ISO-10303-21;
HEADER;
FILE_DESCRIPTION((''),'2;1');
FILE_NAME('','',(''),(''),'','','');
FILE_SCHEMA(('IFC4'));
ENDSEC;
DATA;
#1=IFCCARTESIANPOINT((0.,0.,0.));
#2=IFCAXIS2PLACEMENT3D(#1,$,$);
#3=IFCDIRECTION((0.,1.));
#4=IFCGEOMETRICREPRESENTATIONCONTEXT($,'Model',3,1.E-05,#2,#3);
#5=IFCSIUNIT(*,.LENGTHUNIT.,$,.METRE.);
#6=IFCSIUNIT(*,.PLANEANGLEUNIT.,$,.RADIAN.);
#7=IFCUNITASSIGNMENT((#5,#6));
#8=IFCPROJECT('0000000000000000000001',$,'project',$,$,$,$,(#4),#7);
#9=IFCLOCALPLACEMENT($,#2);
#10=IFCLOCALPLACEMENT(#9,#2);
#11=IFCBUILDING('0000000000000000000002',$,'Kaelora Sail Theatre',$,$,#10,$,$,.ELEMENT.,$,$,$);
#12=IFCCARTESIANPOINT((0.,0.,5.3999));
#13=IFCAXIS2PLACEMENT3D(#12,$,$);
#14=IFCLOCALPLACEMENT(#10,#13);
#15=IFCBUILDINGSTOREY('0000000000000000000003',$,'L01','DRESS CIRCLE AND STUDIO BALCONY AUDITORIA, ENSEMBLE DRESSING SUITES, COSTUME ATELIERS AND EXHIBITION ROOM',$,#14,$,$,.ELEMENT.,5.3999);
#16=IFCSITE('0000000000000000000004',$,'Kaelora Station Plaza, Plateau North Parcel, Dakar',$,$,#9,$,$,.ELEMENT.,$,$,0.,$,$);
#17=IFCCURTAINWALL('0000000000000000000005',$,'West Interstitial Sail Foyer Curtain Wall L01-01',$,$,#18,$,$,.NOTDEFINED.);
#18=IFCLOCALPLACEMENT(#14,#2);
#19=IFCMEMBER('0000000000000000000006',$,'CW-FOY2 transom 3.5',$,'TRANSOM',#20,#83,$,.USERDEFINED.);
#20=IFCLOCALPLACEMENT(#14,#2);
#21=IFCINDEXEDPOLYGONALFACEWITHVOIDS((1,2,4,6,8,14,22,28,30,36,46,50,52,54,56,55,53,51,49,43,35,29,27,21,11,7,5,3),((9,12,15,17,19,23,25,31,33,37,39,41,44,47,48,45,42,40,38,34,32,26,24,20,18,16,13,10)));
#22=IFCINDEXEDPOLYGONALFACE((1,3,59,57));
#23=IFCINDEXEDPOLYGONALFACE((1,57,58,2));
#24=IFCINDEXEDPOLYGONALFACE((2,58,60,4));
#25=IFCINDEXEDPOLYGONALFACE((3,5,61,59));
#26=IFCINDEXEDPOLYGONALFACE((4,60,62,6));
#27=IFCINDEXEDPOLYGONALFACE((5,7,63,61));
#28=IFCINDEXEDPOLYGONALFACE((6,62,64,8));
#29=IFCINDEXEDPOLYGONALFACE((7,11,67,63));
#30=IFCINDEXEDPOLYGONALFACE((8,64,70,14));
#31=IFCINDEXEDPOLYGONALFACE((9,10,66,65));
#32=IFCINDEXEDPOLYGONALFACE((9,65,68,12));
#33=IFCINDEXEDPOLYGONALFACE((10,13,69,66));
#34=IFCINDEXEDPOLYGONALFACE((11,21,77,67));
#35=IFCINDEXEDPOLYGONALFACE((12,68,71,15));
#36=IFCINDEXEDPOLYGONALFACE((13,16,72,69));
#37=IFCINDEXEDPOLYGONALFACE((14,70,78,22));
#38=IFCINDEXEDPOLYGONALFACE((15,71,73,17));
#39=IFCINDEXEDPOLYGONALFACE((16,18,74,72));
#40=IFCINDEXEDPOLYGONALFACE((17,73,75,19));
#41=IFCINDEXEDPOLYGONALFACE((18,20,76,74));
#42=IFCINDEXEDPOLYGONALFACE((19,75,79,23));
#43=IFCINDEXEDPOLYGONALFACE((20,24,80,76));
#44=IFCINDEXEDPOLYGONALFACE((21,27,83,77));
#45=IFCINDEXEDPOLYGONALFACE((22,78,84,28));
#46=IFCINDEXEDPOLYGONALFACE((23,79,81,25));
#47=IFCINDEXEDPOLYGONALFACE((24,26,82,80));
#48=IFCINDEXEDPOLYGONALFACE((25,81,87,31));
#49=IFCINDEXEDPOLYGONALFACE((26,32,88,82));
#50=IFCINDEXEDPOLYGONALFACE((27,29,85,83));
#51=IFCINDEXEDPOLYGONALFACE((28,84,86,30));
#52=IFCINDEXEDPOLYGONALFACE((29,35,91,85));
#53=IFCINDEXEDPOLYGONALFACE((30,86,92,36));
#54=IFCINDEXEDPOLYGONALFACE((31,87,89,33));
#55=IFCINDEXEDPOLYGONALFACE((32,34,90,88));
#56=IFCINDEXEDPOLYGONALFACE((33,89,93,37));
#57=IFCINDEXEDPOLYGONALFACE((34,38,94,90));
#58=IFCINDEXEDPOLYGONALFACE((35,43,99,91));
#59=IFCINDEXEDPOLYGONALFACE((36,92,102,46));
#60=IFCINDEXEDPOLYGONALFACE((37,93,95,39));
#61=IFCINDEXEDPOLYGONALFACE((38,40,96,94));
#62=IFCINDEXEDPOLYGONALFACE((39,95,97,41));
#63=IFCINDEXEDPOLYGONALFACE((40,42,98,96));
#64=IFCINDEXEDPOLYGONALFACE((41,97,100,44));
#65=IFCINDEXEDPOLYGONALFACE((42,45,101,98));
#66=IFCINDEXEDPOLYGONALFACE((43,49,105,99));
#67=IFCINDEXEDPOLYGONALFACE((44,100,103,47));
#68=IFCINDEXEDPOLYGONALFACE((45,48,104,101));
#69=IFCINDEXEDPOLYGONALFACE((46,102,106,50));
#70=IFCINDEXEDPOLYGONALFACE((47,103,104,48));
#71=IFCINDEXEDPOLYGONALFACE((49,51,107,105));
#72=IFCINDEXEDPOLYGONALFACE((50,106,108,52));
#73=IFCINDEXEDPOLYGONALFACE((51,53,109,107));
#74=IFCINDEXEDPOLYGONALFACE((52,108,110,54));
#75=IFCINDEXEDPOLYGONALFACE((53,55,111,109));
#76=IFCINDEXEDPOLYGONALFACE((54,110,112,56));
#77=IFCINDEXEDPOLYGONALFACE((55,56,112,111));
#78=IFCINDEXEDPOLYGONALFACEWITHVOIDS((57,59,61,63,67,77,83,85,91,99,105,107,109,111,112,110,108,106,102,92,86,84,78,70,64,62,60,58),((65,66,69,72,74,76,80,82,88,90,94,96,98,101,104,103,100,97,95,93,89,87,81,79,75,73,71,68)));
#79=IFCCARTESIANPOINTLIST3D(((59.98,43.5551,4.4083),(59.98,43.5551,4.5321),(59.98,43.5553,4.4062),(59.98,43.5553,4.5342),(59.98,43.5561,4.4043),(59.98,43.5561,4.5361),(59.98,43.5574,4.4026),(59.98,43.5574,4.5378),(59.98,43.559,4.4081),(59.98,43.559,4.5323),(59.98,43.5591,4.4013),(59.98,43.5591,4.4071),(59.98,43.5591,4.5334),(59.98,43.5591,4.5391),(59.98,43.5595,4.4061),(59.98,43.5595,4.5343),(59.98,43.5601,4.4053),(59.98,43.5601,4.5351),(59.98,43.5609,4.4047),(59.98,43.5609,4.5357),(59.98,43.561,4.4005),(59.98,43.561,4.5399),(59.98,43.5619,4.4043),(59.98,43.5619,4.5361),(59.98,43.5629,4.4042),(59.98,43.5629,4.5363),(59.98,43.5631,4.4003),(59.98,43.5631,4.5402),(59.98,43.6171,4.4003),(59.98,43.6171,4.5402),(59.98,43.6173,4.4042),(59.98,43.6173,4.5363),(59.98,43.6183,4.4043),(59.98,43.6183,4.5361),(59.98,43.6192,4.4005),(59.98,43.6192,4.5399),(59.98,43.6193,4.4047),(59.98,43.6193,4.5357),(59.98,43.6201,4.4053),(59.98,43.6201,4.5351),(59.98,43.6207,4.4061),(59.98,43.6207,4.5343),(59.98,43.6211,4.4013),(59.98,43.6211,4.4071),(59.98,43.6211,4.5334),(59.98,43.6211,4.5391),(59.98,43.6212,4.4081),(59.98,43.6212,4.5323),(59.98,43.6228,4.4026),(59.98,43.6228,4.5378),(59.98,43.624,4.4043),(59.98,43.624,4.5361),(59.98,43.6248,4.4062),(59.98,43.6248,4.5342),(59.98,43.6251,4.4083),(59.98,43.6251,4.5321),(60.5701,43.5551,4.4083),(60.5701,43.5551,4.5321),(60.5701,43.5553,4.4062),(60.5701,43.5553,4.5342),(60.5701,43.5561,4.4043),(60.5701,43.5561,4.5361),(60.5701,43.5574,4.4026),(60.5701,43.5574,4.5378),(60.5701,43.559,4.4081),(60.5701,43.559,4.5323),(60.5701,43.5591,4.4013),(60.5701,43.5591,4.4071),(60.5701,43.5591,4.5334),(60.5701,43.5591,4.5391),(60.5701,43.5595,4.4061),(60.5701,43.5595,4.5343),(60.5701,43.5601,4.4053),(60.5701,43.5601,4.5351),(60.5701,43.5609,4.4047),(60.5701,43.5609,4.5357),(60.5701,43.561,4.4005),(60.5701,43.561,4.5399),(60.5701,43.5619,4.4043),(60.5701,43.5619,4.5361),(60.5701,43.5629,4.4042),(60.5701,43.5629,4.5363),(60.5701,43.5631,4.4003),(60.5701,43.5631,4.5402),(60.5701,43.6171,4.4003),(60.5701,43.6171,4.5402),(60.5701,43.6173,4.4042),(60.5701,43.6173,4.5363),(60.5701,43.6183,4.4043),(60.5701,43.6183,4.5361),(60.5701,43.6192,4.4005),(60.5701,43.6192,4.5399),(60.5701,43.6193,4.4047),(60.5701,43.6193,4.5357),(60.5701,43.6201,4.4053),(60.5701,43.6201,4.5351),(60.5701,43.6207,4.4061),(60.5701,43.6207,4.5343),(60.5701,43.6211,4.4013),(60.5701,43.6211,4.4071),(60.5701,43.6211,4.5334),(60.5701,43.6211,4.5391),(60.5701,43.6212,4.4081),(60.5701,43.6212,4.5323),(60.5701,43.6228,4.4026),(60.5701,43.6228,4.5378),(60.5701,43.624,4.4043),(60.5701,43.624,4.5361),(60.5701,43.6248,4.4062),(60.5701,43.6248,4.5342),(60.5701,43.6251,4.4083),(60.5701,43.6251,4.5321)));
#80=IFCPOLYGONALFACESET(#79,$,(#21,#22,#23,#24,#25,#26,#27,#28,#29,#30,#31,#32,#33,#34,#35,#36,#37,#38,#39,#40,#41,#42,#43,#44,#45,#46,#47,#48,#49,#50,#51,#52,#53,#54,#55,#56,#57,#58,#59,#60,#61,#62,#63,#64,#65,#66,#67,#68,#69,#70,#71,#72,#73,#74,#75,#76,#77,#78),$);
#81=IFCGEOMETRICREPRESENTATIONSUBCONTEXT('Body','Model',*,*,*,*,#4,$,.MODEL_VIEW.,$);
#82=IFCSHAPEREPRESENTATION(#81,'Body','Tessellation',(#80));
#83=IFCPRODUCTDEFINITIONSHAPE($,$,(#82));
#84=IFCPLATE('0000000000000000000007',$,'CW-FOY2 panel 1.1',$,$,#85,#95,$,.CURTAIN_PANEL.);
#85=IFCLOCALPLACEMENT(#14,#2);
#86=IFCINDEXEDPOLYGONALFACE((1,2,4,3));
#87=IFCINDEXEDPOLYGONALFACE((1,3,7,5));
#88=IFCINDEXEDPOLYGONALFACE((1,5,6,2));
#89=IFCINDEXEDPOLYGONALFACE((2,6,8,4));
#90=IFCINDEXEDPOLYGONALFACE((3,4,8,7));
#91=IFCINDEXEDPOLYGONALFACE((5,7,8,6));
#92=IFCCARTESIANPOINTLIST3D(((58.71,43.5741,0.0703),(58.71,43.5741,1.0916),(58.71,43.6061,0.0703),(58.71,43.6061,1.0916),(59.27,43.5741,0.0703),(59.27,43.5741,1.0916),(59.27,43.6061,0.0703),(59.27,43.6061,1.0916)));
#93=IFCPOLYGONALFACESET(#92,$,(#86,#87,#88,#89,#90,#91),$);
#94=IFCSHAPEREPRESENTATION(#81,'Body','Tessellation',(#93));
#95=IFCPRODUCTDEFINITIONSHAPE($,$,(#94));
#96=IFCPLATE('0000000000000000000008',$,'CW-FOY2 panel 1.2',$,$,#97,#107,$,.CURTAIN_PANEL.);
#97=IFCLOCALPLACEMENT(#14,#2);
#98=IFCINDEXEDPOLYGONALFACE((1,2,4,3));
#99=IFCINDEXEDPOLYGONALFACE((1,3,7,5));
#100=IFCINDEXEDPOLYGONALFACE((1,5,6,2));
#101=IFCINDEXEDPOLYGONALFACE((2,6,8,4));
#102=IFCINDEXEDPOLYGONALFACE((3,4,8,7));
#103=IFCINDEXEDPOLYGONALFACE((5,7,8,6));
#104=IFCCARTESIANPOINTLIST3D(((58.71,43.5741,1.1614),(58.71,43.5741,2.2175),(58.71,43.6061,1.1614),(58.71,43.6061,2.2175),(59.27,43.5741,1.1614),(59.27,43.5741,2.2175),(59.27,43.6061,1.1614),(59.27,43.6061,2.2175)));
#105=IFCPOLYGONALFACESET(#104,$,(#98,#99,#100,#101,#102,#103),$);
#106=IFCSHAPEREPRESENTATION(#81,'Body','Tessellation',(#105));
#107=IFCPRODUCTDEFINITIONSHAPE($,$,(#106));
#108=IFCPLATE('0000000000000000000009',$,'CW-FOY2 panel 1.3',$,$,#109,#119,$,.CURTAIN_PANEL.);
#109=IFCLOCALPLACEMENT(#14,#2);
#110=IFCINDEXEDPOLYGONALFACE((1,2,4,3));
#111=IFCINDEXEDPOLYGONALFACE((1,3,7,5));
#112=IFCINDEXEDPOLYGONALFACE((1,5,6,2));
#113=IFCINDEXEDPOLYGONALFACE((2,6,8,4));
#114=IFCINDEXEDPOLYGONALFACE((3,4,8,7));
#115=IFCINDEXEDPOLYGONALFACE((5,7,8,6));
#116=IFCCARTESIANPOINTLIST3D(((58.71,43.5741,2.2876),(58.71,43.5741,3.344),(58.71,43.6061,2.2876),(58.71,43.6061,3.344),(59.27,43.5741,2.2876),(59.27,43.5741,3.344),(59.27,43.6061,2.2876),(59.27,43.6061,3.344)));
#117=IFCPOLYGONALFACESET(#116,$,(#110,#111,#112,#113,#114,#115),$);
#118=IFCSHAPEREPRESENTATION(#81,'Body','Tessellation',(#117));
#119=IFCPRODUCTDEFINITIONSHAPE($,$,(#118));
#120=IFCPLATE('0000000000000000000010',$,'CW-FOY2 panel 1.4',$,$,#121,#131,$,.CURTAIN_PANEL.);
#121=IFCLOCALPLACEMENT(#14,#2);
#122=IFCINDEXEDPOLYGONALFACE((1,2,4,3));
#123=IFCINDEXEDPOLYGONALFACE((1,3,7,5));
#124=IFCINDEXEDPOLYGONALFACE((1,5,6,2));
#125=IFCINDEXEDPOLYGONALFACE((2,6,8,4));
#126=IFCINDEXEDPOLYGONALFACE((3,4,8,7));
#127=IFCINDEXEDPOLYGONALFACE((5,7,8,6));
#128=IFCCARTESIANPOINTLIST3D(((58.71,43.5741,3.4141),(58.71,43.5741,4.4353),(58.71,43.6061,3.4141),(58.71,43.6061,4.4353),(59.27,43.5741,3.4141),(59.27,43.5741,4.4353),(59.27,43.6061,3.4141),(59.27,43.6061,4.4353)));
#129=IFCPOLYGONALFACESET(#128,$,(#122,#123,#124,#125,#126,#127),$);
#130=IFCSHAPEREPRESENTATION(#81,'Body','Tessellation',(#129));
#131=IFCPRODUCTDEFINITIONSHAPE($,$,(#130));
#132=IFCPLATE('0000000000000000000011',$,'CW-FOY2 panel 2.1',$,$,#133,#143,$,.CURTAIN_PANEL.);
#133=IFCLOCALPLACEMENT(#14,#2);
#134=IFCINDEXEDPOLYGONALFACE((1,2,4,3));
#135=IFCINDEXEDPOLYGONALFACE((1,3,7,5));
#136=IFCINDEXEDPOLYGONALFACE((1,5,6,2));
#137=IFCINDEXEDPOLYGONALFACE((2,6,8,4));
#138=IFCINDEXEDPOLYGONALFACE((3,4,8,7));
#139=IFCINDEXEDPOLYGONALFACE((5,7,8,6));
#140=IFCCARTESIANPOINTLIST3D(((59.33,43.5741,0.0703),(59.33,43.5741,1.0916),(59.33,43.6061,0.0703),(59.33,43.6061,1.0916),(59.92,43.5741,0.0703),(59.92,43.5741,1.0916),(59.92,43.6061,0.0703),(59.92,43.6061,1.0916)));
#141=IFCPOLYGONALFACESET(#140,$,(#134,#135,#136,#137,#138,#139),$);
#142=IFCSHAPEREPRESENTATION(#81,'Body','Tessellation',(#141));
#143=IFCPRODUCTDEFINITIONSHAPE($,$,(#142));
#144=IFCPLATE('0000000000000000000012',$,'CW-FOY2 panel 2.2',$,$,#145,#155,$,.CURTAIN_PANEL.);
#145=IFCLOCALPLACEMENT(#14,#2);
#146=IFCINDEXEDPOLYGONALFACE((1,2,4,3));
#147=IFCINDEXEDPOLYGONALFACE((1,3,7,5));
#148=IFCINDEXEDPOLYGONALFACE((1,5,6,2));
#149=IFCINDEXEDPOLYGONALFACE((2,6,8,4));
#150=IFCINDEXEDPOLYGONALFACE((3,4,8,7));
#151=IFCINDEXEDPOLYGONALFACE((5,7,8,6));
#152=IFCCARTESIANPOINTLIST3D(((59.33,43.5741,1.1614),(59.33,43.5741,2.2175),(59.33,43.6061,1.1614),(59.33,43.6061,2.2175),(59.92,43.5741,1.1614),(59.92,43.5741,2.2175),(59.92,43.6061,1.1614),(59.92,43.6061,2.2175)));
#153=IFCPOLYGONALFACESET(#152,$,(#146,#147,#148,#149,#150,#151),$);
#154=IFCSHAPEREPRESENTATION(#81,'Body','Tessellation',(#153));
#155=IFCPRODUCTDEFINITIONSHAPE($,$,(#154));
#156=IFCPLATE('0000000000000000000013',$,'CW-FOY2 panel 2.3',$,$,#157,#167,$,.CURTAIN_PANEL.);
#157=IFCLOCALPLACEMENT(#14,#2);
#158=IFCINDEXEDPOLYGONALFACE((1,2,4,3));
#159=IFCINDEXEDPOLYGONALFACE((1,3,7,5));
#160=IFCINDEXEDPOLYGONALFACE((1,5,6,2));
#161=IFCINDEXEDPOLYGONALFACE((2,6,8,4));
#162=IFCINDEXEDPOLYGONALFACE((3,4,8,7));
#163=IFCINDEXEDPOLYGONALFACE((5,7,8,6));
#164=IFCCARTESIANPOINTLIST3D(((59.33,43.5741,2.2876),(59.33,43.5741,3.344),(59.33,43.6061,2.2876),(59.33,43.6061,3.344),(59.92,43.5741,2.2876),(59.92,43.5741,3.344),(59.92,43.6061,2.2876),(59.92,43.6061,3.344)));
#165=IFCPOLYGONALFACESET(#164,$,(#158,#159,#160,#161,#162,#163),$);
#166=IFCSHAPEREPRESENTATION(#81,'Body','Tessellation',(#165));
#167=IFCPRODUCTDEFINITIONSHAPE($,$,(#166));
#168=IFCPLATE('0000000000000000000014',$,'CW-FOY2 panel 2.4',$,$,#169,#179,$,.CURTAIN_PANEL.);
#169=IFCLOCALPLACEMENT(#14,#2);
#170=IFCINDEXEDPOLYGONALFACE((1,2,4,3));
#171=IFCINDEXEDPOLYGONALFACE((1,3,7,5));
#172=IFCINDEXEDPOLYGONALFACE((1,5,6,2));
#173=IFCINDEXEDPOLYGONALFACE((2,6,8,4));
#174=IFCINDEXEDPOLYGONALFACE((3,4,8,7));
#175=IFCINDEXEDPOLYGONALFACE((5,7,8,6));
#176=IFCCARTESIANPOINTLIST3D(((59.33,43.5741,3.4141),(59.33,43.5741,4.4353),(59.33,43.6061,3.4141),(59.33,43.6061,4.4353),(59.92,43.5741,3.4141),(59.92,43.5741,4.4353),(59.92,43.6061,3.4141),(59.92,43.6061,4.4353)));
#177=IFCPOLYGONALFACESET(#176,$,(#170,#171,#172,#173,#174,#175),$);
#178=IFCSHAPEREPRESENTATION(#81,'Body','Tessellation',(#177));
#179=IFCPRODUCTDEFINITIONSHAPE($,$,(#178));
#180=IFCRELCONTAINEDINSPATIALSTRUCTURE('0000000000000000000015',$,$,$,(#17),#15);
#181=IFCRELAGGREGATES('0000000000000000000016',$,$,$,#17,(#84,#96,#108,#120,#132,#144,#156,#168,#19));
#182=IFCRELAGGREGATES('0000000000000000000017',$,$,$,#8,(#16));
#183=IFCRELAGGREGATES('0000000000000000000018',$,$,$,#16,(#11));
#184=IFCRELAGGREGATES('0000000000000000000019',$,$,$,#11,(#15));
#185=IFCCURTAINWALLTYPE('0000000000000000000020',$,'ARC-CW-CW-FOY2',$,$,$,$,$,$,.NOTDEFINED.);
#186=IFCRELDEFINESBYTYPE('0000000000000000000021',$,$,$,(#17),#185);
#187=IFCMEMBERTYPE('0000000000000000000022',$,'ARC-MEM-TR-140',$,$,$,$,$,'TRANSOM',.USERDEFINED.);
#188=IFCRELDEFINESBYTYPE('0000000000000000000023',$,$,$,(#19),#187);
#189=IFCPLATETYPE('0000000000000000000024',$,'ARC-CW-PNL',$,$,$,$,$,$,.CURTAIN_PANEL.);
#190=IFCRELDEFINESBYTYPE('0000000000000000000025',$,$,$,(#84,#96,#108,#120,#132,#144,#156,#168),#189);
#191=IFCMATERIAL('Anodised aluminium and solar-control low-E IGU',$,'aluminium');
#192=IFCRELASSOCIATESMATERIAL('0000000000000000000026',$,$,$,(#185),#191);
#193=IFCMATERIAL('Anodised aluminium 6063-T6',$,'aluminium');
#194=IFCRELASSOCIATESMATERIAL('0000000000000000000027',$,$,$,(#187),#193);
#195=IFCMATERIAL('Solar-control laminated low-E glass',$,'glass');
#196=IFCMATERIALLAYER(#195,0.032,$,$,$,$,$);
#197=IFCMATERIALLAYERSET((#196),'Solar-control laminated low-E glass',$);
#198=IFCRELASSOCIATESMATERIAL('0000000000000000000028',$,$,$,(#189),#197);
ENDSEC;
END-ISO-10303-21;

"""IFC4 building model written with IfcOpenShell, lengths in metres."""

from ifc_helpers import new_model, si_unit, direction, frame, origin, origin_2d, place, context, subcontext, project, spatial, rectangle, hollow_rectangle, extrude, material, layer, layer_set, material_profile, profile_set, type_object, element, aggregate, save


model = new_model("IFC4")

# Units and contexts
model_context = context("Model", 3, precision=1e-05, world=origin(), true_north=direction((0.0, 1.0)))
body_context = subcontext(model_context, "Body", "Model", "MODEL_VIEW")
ifc_project = project(units=[si_unit("LENGTHUNIT", "METRE"), si_unit("PLANEANGLEUNIT", "RADIAN")], contexts=[model_context])

# Site, building, storey
site_placement = place(None, origin())
site = spatial("IfcSite", under=ifc_project, at=site_placement, Name="Kaelora Station Plaza, Plateau North Parcel, Dakar", CompositionType="ELEMENT", RefElevation=0.0)
building_placement = place(site_placement, origin())
building = spatial("IfcBuilding", under=site, at=building_placement, Name="Kaelora Sail Theatre", CompositionType="ELEMENT")
storey_placement = place(building_placement, frame((0.0, 0.0, 5.3999)))
storey = spatial("IfcBuildingStorey", under=building, at=storey_placement, Name="L01", Description="DRESS CIRCLE AND STUDIO BALCONY AUDITORIA, ENSEMBLE DRESSING SUITES, COSTUME ATELIERS AND EXHIBITION ROOM", CompositionType="ELEMENT", Elevation=5.3999)

# Curtain wall, member, plates
ifc_material_1 = material(Name="Anodised aluminium and solar-control low-E IGU", Category="aluminium")
curtain_wall_type = type_object("IfcCurtainWallType", Name="ARC-CW-CW-FOY2", PredefinedType="NOTDEFINED", material=ifc_material_1)
curtain_wall_placement = place(storey_placement, origin())
curtain_wall = element("IfcCurtainWall", 1, at=curtain_wall_placement, inside=storey, type_object=curtain_wall_type, Name="West Interstitial Sail Foyer Curtain Wall L01-01", PredefinedType="NOTDEFINED")
ifc_material_2 = material(Name="Anodised aluminium 6063-T6", Category="aluminium")
ifc_material_profile_1 = material_profile(ifc_material_2, hollow_rectangle(XDim=0.0701, YDim=0.1399, WallThickness=0.0039, InnerFilletRadius=0.0039, OuterFilletRadius=0.0081, at=origin_2d()), Name="ALU-TRAN 70x140x4")
ifc_profile_set_1 = profile_set([ifc_material_profile_1], Name="Anodised aluminium 6063-T6")
member_type_1 = type_object("IfcMemberType", Name="ARC-MEM-TR-140", ElementType="TRANSOM", PredefinedType="USERDEFINED", material=ifc_profile_set_1)
member_1_placement = place(storey_placement, frame((59.98, 43.5901, 4.4702), z_axis=(1.0, 0.0, 0.0), x_axis=(0.0, 1.0, 0.0)))
member_1 = element("IfcMember", 2, at=member_1_placement, type_object=member_type_1, Name="CW-FOY2 transom 3.5", ObjectType="TRANSOM", PredefinedType="USERDEFINED", context=body_context, shape_type="SweptSolid", body=[
    extrude(hollow_rectangle(XDim=0.0701, YDim=0.1399, WallThickness=0.0039, InnerFilletRadius=0.0039, OuterFilletRadius=0.0081, at=origin_2d()), origin(), (0.0, 0.0, 1.0), 0.5901),
])
ifc_material_3 = material(Name="Solar-control laminated low-E glass", Category="glass")
ifc_layer = layer(ifc_material_3, 0.032)
ifc_layer_set = layer_set([ifc_layer], Name="Solar-control laminated low-E glass")
plate_type = type_object("IfcPlateType", Name="ARC-CW-PNL", PredefinedType="CURTAIN_PANEL", material=ifc_layer_set)
plate_1_placement = place(storey_placement, frame((58.99, 43.5901, 0.0703), z_axis=(0.0, 0.0, 1.0), x_axis=(1.0, 0.0, 0.0)))
plate_1 = element("IfcPlate", 3, at=plate_1_placement, type_object=plate_type, Name="CW-FOY2 panel 1.1", PredefinedType="CURTAIN_PANEL", context=body_context, shape_type="SweptSolid", body=[
    extrude(rectangle(XDim=0.5601, YDim=0.032, at=origin_2d()), origin(), (0.0, 0.0, 1.0), 1.0212),
])
plate_2_placement = place(storey_placement, frame((58.99, 43.5901, 1.1614), z_axis=(0.0, 0.0, 1.0), x_axis=(1.0, 0.0, 0.0)))
plate_2 = element("IfcPlate", 4, at=plate_2_placement, type_object=plate_type, Name="CW-FOY2 panel 1.2", PredefinedType="CURTAIN_PANEL", context=body_context, shape_type="SweptSolid", body=[
    extrude(rectangle(XDim=0.5601, YDim=0.032, at=origin_2d()), origin(), (0.0, 0.0, 1.0), 1.0562),
])
plate_3_placement = place(storey_placement, frame((58.99, 43.5901, 2.2876), z_axis=(0.0, 0.0, 1.0), x_axis=(1.0, 0.0, 0.0)))
plate_3 = element("IfcPlate", 5, at=plate_3_placement, type_object=plate_type, Name="CW-FOY2 panel 1.3", PredefinedType="CURTAIN_PANEL", context=body_context, shape_type="SweptSolid", body=[
    extrude(rectangle(XDim=0.5601, YDim=0.032, at=origin_2d()), origin(), (0.0, 0.0, 1.0), 1.0564),
])
plate_4_placement = place(storey_placement, frame((58.99, 43.5901, 3.4141), z_axis=(0.0, 0.0, 1.0), x_axis=(1.0, 0.0, 0.0)))
plate_4 = element("IfcPlate", 6, at=plate_4_placement, type_object=plate_type, Name="CW-FOY2 panel 1.4", PredefinedType="CURTAIN_PANEL", context=body_context, shape_type="SweptSolid", body=[
    extrude(rectangle(XDim=0.5601, YDim=0.032, at=origin_2d()), origin(), (0.0, 0.0, 1.0), 1.0212),
])
plate_5_placement = place(storey_placement, frame((59.625, 43.5901, 0.0703), z_axis=(0.0, 0.0, 1.0), x_axis=(1.0, 0.0, 0.0)))
plate_5 = element("IfcPlate", 7, at=plate_5_placement, type_object=plate_type, Name="CW-FOY2 panel 2.1", PredefinedType="CURTAIN_PANEL", context=body_context, shape_type="SweptSolid", body=[
    extrude(rectangle(XDim=0.5901, YDim=0.032, at=origin_2d()), origin(), (0.0, 0.0, 1.0), 1.0212),
])
plate_6_placement = place(storey_placement, frame((59.625, 43.5901, 1.1614), z_axis=(0.0, 0.0, 1.0), x_axis=(1.0, 0.0, 0.0)))
plate_6 = element("IfcPlate", 8, at=plate_6_placement, type_object=plate_type, Name="CW-FOY2 panel 2.2", PredefinedType="CURTAIN_PANEL", context=body_context, shape_type="SweptSolid", body=[
    extrude(rectangle(XDim=0.5901, YDim=0.032, at=origin_2d()), origin(), (0.0, 0.0, 1.0), 1.0562),
])
plate_7_placement = place(storey_placement, frame((59.625, 43.5901, 2.2876), z_axis=(0.0, 0.0, 1.0), x_axis=(1.0, 0.0, 0.0)))
plate_7 = element("IfcPlate", 9, at=plate_7_placement, type_object=plate_type, Name="CW-FOY2 panel 2.3", PredefinedType="CURTAIN_PANEL", context=body_context, shape_type="SweptSolid", body=[
    extrude(rectangle(XDim=0.5901, YDim=0.032, at=origin_2d()), origin(), (0.0, 0.0, 1.0), 1.0564),
])
plate_8_placement = place(storey_placement, frame((59.625, 43.5901, 3.4141), z_axis=(0.0, 0.0, 1.0), x_axis=(1.0, 0.0, 0.0)))
plate_8 = element("IfcPlate", 10, at=plate_8_placement, type_object=plate_type, Name="CW-FOY2 panel 2.4", PredefinedType="CURTAIN_PANEL", context=body_context, shape_type="SweptSolid", body=[
    extrude(rectangle(XDim=0.5901, YDim=0.032, at=origin_2d()), origin(), (0.0, 0.0, 1.0), 1.0212),
])
aggregate(curtain_wall, [plate_1, plate_2, plate_3, plate_4, plate_5, plate_6, plate_7, plate_8, member_1])

save(model, "model.ifc")
